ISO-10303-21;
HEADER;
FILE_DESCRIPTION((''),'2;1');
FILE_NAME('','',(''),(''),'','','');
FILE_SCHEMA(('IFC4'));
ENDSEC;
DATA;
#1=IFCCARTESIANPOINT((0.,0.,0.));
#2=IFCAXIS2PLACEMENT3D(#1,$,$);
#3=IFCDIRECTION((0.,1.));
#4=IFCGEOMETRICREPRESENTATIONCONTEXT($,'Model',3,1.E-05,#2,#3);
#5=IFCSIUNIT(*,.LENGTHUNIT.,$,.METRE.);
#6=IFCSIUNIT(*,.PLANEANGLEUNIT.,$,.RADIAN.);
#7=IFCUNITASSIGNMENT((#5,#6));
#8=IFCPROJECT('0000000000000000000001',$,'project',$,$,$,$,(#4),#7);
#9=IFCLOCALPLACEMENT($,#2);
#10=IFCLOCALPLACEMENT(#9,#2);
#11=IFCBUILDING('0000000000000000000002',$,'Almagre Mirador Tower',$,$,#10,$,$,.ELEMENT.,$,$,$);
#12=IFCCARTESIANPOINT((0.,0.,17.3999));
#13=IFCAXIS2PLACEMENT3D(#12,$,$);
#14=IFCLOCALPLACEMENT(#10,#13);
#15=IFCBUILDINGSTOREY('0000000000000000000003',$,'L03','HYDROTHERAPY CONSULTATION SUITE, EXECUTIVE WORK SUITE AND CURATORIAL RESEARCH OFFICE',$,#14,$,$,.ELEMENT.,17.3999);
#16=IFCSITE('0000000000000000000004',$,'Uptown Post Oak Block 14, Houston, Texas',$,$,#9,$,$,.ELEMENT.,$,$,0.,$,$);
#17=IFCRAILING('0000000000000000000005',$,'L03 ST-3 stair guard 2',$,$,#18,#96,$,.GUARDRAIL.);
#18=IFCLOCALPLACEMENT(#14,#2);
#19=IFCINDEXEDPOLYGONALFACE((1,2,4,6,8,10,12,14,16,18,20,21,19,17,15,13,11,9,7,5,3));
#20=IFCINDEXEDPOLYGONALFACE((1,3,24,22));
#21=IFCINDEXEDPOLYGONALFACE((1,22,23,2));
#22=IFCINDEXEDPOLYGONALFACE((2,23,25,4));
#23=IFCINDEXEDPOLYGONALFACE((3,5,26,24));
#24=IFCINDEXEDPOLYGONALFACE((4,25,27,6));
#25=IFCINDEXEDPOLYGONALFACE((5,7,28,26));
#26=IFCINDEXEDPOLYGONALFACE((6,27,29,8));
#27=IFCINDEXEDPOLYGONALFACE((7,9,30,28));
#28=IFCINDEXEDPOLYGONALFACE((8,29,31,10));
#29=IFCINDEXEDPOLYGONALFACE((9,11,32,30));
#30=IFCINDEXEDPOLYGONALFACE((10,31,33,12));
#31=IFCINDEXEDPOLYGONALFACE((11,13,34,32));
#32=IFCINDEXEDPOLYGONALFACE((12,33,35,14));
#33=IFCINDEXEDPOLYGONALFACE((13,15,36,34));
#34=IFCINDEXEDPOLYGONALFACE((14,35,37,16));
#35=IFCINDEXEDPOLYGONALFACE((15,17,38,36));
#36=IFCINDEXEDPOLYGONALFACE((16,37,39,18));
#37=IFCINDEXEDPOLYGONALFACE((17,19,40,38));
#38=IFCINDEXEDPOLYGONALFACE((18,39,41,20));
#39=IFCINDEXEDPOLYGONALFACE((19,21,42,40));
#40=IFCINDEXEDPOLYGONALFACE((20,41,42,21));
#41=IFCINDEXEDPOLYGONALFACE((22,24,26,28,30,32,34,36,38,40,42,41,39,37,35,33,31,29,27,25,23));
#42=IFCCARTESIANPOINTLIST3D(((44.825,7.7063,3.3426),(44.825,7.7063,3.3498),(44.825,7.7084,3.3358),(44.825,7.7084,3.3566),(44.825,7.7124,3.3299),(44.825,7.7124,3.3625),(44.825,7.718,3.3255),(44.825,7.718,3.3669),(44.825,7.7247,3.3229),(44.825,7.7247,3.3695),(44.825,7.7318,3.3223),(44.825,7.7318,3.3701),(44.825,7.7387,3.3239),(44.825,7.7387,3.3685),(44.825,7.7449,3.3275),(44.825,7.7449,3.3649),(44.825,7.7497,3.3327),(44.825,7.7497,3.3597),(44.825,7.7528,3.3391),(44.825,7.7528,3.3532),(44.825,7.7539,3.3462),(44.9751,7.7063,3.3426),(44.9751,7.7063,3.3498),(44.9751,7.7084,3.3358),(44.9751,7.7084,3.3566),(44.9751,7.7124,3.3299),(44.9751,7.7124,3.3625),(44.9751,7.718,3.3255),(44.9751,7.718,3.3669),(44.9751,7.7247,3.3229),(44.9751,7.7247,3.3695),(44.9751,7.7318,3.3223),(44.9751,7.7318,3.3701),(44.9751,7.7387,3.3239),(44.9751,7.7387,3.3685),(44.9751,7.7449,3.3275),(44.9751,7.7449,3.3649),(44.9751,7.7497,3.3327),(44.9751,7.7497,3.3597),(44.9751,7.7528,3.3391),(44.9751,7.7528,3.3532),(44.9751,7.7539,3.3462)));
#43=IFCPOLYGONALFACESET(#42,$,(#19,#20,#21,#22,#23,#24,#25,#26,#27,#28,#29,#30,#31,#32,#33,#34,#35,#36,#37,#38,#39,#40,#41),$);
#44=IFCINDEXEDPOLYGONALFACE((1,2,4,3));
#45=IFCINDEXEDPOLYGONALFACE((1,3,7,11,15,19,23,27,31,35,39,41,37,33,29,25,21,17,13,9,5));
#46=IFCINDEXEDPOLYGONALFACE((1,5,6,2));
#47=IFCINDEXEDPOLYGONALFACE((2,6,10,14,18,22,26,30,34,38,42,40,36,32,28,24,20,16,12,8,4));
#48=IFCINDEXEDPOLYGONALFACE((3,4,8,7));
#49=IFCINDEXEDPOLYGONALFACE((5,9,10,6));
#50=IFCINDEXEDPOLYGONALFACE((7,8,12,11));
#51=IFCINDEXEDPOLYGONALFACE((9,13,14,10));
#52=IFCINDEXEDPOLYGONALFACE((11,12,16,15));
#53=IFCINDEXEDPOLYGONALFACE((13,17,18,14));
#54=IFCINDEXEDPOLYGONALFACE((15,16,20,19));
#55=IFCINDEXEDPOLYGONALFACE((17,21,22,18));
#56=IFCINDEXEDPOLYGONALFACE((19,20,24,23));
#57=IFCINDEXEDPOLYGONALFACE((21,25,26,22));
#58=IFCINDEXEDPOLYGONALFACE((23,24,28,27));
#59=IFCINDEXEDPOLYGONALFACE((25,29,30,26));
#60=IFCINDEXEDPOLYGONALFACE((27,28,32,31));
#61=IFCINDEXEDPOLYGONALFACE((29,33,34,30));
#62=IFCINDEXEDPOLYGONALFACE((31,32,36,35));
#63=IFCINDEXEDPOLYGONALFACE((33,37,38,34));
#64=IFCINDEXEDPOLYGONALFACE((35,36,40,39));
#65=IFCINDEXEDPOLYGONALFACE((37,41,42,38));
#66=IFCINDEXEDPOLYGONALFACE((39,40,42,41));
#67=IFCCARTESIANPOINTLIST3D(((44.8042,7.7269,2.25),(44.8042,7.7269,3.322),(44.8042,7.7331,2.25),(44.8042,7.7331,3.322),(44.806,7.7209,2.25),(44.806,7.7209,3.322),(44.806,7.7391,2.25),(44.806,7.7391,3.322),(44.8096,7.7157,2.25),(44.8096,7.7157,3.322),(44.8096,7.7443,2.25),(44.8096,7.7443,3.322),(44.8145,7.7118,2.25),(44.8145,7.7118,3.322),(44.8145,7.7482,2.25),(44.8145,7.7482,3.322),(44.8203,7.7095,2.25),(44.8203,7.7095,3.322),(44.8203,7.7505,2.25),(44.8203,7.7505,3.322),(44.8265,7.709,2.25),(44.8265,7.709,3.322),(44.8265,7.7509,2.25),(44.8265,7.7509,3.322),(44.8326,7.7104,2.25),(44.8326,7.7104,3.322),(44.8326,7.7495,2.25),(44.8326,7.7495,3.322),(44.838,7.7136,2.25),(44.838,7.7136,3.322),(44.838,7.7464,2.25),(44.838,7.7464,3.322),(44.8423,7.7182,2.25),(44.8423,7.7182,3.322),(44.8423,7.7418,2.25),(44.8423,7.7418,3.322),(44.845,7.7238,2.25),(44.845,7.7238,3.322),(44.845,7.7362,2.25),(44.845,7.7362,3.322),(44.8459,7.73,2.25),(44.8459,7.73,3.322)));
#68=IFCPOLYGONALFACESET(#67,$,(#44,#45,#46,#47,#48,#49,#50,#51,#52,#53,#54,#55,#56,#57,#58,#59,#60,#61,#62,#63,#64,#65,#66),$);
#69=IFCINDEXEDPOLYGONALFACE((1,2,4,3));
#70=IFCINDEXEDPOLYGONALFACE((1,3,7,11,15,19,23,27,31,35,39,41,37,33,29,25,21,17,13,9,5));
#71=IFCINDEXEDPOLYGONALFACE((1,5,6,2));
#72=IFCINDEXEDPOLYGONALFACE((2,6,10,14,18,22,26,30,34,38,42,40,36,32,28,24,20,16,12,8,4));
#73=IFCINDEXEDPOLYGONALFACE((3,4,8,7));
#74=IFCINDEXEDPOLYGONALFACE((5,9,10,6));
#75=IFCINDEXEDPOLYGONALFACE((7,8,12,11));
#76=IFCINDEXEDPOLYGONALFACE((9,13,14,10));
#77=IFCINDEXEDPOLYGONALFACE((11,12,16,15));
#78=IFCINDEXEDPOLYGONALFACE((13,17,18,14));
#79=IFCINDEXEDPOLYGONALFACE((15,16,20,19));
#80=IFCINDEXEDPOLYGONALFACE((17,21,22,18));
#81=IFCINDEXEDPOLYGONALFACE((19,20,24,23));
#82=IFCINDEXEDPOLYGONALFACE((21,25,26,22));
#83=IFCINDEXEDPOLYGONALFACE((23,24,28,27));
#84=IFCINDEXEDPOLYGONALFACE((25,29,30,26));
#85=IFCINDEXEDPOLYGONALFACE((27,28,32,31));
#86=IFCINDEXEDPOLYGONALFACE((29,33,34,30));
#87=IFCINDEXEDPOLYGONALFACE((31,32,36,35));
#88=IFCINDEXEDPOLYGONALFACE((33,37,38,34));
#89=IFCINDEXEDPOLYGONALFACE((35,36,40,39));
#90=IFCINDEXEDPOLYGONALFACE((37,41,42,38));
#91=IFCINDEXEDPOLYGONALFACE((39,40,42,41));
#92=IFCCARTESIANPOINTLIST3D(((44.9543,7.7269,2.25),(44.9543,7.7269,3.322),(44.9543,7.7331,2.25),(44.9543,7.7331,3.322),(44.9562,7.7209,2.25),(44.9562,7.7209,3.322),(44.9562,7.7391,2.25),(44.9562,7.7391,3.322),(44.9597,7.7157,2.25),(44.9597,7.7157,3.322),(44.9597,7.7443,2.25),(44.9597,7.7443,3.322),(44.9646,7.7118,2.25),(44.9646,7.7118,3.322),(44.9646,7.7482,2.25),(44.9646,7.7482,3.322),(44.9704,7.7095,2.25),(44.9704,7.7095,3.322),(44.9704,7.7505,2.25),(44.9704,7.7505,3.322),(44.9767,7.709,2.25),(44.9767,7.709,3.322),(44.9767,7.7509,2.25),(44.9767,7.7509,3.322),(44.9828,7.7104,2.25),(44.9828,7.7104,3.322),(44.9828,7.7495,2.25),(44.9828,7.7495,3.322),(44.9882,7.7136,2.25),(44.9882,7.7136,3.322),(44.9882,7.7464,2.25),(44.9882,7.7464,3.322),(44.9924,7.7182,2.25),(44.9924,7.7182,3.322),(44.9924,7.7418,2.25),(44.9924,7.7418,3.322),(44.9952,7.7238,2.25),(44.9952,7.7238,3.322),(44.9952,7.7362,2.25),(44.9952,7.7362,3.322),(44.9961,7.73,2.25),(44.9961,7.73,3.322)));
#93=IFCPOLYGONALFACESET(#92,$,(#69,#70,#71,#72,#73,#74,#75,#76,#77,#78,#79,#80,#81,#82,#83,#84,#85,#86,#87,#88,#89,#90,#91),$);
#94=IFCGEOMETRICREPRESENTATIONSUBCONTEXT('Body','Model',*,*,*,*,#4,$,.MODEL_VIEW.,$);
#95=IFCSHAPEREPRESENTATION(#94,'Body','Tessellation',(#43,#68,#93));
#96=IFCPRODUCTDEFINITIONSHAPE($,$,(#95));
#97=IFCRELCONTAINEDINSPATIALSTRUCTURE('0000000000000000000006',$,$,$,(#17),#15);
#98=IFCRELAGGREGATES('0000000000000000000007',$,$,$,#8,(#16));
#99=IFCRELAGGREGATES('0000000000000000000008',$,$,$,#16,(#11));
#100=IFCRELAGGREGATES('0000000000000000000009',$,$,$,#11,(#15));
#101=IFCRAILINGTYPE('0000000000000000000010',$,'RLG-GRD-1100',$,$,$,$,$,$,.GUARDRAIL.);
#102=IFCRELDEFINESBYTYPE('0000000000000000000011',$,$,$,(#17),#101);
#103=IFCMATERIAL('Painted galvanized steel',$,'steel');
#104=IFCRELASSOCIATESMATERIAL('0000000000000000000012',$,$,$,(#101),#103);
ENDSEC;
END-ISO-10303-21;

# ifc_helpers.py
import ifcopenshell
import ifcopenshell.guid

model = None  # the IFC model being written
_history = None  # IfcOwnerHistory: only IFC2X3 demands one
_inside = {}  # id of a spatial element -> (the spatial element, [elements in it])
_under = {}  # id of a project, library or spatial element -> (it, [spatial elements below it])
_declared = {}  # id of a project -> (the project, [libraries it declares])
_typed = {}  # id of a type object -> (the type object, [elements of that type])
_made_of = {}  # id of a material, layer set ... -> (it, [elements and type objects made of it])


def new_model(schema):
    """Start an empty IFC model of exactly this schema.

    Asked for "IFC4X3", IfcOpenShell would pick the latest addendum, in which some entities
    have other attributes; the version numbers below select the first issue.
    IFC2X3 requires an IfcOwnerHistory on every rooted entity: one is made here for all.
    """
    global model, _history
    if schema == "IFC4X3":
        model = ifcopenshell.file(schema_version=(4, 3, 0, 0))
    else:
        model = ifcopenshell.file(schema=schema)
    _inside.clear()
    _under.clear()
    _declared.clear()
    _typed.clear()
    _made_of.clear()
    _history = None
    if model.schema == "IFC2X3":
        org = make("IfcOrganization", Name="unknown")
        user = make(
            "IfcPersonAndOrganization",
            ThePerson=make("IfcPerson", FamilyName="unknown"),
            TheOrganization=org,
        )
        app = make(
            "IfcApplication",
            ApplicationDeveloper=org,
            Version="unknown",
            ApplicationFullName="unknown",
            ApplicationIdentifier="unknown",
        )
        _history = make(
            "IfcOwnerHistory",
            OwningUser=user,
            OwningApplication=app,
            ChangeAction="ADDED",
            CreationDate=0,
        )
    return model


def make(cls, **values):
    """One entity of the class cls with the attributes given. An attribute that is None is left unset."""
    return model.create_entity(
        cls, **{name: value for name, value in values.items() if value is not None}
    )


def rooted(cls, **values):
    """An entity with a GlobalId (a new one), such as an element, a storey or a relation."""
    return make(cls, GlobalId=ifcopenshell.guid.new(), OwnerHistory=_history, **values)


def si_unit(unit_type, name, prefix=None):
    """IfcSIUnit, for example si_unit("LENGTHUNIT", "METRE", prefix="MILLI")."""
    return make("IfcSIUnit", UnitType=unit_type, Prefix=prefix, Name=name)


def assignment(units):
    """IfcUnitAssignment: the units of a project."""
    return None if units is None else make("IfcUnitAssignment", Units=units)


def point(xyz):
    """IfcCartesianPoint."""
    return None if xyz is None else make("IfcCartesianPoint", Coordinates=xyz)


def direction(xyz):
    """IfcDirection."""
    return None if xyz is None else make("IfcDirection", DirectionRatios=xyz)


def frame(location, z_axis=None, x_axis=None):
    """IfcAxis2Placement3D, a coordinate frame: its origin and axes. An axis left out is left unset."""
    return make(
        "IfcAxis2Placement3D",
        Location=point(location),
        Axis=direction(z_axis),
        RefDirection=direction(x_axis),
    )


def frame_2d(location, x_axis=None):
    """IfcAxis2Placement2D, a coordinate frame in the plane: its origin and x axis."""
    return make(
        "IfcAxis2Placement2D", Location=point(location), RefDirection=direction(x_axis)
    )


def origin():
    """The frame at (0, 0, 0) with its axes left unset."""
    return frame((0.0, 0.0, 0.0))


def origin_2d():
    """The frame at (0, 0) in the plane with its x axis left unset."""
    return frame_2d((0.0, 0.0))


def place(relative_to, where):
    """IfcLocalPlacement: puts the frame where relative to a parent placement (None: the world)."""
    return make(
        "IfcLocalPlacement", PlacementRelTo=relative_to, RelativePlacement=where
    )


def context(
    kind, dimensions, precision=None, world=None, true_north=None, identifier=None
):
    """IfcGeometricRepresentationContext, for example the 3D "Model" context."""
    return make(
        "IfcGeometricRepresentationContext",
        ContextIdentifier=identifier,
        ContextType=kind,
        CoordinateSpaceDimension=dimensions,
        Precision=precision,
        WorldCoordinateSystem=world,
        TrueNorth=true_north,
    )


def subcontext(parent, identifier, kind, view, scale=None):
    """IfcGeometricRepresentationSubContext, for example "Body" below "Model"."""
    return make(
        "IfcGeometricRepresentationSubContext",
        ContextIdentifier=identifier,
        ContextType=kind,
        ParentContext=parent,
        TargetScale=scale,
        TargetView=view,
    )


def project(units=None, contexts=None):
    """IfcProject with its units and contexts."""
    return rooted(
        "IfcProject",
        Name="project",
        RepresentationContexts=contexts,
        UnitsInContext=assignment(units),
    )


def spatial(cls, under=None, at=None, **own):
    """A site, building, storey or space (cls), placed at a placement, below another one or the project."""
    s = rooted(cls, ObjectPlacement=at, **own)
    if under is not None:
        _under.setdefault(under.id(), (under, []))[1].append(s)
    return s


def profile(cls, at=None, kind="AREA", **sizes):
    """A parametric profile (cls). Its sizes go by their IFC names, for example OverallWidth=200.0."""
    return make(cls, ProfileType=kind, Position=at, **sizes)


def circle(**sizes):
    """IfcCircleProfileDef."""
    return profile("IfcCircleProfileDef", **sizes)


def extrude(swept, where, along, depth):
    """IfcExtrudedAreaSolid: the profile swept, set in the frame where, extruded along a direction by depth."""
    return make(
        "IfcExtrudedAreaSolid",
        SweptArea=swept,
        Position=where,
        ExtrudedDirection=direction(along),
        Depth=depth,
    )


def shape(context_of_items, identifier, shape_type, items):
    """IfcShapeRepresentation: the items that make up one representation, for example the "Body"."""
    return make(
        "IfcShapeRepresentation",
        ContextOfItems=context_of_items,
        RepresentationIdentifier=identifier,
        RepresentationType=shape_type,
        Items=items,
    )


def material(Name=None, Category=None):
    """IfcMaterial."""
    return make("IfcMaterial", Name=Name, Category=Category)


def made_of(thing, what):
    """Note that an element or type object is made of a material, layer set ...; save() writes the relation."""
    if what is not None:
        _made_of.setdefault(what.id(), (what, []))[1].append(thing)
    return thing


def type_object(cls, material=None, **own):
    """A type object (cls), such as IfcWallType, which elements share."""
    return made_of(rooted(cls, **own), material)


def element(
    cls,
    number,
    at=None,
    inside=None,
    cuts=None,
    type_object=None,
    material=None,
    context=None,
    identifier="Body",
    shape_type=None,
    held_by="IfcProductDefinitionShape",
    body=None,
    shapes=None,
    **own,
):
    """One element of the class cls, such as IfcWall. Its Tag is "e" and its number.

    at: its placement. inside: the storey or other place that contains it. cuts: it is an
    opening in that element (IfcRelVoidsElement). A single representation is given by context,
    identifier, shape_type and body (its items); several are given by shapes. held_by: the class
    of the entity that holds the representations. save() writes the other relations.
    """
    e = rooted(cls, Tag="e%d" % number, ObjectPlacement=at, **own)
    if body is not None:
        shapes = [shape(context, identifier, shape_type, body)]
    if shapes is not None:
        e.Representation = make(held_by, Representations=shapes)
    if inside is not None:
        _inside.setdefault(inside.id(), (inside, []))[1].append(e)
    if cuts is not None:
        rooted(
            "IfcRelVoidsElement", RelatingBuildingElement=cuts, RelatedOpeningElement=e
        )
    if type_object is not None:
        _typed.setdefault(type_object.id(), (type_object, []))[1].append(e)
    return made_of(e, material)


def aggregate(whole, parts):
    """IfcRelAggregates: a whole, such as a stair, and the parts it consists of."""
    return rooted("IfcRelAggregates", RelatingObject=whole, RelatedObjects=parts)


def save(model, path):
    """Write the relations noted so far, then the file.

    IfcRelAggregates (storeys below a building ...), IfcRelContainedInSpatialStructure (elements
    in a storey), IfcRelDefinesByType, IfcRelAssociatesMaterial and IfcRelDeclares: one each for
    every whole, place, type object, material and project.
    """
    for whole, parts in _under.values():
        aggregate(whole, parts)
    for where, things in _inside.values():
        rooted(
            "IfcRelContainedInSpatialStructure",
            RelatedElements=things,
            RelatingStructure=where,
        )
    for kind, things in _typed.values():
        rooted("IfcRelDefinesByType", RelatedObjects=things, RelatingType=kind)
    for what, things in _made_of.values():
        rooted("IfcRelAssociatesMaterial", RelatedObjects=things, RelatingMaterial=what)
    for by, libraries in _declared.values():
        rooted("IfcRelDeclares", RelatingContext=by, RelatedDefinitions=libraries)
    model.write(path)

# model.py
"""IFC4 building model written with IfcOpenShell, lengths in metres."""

from ifc_helpers import new_model, si_unit, direction, frame, origin, origin_2d, place, context, subcontext, project, spatial, circle, extrude, material, type_object, element, save


model = new_model("IFC4")

# Units and contexts
model_context = context("Model", 3, precision=1e-05, world=origin(), true_north=direction((0.0, 1.0)))
body_context = subcontext(model_context, "Body", "Model", "MODEL_VIEW")
ifc_project = project(units=[si_unit("LENGTHUNIT", "METRE"), si_unit("PLANEANGLEUNIT", "RADIAN")], contexts=[model_context])

# Site, building, storey
site_placement = place(None, origin())
site = spatial("IfcSite", under=ifc_project, at=site_placement, Name="Uptown Post Oak Block 14, Houston, Texas", CompositionType="ELEMENT", RefElevation=0.0)
building_placement = place(site_placement, origin())
building = spatial("IfcBuilding", under=site, at=building_placement, Name="Almagre Mirador Tower", CompositionType="ELEMENT")
storey_placement = place(building_placement, frame((0.0, 0.0, 17.3999)))
storey = spatial("IfcBuildingStorey", under=building, at=storey_placement, Name="L03", Description="HYDROTHERAPY CONSULTATION SUITE, EXECUTIVE WORK SUITE AND CURATORIAL RESEARCH OFFICE", CompositionType="ELEMENT", Elevation=17.3999)

# Railing
ifc_material_1 = material(Name="Painted galvanized steel", Category="steel")
railing_type_1 = type_object("IfcRailingType", Name="RLG-GRD-1100", PredefinedType="GUARDRAIL", material=ifc_material_1)
railing_1_placement = place(storey_placement, frame((44.825, 7.73, 2.25)))
element("IfcRailing", 1, at=railing_1_placement, inside=storey, type_object=railing_type_1, Name="L03 ST-3 stair guard 2", PredefinedType="GUARDRAIL", context=body_context, shape_type="SweptSolid", body=[
    extrude(circle(Radius=0.0239, at=origin_2d()), frame((0.0, 0.0, 1.0962), z_axis=(1.0, 0.0, 0.0), x_axis=(0.0, 1.0, 0.0)), (0.0, 0.0, 1.0), 0.1501),
    extrude(circle(Radius=0.021, at=origin_2d()), origin(), (0.0, 0.0, 1.0), 1.072),
    extrude(circle(Radius=0.021, at=origin_2d()), frame((0.1501, 0.0, 0.0)), (0.0, 0.0, 1.0), 1.072),
])

save(model, "model.ifc")
